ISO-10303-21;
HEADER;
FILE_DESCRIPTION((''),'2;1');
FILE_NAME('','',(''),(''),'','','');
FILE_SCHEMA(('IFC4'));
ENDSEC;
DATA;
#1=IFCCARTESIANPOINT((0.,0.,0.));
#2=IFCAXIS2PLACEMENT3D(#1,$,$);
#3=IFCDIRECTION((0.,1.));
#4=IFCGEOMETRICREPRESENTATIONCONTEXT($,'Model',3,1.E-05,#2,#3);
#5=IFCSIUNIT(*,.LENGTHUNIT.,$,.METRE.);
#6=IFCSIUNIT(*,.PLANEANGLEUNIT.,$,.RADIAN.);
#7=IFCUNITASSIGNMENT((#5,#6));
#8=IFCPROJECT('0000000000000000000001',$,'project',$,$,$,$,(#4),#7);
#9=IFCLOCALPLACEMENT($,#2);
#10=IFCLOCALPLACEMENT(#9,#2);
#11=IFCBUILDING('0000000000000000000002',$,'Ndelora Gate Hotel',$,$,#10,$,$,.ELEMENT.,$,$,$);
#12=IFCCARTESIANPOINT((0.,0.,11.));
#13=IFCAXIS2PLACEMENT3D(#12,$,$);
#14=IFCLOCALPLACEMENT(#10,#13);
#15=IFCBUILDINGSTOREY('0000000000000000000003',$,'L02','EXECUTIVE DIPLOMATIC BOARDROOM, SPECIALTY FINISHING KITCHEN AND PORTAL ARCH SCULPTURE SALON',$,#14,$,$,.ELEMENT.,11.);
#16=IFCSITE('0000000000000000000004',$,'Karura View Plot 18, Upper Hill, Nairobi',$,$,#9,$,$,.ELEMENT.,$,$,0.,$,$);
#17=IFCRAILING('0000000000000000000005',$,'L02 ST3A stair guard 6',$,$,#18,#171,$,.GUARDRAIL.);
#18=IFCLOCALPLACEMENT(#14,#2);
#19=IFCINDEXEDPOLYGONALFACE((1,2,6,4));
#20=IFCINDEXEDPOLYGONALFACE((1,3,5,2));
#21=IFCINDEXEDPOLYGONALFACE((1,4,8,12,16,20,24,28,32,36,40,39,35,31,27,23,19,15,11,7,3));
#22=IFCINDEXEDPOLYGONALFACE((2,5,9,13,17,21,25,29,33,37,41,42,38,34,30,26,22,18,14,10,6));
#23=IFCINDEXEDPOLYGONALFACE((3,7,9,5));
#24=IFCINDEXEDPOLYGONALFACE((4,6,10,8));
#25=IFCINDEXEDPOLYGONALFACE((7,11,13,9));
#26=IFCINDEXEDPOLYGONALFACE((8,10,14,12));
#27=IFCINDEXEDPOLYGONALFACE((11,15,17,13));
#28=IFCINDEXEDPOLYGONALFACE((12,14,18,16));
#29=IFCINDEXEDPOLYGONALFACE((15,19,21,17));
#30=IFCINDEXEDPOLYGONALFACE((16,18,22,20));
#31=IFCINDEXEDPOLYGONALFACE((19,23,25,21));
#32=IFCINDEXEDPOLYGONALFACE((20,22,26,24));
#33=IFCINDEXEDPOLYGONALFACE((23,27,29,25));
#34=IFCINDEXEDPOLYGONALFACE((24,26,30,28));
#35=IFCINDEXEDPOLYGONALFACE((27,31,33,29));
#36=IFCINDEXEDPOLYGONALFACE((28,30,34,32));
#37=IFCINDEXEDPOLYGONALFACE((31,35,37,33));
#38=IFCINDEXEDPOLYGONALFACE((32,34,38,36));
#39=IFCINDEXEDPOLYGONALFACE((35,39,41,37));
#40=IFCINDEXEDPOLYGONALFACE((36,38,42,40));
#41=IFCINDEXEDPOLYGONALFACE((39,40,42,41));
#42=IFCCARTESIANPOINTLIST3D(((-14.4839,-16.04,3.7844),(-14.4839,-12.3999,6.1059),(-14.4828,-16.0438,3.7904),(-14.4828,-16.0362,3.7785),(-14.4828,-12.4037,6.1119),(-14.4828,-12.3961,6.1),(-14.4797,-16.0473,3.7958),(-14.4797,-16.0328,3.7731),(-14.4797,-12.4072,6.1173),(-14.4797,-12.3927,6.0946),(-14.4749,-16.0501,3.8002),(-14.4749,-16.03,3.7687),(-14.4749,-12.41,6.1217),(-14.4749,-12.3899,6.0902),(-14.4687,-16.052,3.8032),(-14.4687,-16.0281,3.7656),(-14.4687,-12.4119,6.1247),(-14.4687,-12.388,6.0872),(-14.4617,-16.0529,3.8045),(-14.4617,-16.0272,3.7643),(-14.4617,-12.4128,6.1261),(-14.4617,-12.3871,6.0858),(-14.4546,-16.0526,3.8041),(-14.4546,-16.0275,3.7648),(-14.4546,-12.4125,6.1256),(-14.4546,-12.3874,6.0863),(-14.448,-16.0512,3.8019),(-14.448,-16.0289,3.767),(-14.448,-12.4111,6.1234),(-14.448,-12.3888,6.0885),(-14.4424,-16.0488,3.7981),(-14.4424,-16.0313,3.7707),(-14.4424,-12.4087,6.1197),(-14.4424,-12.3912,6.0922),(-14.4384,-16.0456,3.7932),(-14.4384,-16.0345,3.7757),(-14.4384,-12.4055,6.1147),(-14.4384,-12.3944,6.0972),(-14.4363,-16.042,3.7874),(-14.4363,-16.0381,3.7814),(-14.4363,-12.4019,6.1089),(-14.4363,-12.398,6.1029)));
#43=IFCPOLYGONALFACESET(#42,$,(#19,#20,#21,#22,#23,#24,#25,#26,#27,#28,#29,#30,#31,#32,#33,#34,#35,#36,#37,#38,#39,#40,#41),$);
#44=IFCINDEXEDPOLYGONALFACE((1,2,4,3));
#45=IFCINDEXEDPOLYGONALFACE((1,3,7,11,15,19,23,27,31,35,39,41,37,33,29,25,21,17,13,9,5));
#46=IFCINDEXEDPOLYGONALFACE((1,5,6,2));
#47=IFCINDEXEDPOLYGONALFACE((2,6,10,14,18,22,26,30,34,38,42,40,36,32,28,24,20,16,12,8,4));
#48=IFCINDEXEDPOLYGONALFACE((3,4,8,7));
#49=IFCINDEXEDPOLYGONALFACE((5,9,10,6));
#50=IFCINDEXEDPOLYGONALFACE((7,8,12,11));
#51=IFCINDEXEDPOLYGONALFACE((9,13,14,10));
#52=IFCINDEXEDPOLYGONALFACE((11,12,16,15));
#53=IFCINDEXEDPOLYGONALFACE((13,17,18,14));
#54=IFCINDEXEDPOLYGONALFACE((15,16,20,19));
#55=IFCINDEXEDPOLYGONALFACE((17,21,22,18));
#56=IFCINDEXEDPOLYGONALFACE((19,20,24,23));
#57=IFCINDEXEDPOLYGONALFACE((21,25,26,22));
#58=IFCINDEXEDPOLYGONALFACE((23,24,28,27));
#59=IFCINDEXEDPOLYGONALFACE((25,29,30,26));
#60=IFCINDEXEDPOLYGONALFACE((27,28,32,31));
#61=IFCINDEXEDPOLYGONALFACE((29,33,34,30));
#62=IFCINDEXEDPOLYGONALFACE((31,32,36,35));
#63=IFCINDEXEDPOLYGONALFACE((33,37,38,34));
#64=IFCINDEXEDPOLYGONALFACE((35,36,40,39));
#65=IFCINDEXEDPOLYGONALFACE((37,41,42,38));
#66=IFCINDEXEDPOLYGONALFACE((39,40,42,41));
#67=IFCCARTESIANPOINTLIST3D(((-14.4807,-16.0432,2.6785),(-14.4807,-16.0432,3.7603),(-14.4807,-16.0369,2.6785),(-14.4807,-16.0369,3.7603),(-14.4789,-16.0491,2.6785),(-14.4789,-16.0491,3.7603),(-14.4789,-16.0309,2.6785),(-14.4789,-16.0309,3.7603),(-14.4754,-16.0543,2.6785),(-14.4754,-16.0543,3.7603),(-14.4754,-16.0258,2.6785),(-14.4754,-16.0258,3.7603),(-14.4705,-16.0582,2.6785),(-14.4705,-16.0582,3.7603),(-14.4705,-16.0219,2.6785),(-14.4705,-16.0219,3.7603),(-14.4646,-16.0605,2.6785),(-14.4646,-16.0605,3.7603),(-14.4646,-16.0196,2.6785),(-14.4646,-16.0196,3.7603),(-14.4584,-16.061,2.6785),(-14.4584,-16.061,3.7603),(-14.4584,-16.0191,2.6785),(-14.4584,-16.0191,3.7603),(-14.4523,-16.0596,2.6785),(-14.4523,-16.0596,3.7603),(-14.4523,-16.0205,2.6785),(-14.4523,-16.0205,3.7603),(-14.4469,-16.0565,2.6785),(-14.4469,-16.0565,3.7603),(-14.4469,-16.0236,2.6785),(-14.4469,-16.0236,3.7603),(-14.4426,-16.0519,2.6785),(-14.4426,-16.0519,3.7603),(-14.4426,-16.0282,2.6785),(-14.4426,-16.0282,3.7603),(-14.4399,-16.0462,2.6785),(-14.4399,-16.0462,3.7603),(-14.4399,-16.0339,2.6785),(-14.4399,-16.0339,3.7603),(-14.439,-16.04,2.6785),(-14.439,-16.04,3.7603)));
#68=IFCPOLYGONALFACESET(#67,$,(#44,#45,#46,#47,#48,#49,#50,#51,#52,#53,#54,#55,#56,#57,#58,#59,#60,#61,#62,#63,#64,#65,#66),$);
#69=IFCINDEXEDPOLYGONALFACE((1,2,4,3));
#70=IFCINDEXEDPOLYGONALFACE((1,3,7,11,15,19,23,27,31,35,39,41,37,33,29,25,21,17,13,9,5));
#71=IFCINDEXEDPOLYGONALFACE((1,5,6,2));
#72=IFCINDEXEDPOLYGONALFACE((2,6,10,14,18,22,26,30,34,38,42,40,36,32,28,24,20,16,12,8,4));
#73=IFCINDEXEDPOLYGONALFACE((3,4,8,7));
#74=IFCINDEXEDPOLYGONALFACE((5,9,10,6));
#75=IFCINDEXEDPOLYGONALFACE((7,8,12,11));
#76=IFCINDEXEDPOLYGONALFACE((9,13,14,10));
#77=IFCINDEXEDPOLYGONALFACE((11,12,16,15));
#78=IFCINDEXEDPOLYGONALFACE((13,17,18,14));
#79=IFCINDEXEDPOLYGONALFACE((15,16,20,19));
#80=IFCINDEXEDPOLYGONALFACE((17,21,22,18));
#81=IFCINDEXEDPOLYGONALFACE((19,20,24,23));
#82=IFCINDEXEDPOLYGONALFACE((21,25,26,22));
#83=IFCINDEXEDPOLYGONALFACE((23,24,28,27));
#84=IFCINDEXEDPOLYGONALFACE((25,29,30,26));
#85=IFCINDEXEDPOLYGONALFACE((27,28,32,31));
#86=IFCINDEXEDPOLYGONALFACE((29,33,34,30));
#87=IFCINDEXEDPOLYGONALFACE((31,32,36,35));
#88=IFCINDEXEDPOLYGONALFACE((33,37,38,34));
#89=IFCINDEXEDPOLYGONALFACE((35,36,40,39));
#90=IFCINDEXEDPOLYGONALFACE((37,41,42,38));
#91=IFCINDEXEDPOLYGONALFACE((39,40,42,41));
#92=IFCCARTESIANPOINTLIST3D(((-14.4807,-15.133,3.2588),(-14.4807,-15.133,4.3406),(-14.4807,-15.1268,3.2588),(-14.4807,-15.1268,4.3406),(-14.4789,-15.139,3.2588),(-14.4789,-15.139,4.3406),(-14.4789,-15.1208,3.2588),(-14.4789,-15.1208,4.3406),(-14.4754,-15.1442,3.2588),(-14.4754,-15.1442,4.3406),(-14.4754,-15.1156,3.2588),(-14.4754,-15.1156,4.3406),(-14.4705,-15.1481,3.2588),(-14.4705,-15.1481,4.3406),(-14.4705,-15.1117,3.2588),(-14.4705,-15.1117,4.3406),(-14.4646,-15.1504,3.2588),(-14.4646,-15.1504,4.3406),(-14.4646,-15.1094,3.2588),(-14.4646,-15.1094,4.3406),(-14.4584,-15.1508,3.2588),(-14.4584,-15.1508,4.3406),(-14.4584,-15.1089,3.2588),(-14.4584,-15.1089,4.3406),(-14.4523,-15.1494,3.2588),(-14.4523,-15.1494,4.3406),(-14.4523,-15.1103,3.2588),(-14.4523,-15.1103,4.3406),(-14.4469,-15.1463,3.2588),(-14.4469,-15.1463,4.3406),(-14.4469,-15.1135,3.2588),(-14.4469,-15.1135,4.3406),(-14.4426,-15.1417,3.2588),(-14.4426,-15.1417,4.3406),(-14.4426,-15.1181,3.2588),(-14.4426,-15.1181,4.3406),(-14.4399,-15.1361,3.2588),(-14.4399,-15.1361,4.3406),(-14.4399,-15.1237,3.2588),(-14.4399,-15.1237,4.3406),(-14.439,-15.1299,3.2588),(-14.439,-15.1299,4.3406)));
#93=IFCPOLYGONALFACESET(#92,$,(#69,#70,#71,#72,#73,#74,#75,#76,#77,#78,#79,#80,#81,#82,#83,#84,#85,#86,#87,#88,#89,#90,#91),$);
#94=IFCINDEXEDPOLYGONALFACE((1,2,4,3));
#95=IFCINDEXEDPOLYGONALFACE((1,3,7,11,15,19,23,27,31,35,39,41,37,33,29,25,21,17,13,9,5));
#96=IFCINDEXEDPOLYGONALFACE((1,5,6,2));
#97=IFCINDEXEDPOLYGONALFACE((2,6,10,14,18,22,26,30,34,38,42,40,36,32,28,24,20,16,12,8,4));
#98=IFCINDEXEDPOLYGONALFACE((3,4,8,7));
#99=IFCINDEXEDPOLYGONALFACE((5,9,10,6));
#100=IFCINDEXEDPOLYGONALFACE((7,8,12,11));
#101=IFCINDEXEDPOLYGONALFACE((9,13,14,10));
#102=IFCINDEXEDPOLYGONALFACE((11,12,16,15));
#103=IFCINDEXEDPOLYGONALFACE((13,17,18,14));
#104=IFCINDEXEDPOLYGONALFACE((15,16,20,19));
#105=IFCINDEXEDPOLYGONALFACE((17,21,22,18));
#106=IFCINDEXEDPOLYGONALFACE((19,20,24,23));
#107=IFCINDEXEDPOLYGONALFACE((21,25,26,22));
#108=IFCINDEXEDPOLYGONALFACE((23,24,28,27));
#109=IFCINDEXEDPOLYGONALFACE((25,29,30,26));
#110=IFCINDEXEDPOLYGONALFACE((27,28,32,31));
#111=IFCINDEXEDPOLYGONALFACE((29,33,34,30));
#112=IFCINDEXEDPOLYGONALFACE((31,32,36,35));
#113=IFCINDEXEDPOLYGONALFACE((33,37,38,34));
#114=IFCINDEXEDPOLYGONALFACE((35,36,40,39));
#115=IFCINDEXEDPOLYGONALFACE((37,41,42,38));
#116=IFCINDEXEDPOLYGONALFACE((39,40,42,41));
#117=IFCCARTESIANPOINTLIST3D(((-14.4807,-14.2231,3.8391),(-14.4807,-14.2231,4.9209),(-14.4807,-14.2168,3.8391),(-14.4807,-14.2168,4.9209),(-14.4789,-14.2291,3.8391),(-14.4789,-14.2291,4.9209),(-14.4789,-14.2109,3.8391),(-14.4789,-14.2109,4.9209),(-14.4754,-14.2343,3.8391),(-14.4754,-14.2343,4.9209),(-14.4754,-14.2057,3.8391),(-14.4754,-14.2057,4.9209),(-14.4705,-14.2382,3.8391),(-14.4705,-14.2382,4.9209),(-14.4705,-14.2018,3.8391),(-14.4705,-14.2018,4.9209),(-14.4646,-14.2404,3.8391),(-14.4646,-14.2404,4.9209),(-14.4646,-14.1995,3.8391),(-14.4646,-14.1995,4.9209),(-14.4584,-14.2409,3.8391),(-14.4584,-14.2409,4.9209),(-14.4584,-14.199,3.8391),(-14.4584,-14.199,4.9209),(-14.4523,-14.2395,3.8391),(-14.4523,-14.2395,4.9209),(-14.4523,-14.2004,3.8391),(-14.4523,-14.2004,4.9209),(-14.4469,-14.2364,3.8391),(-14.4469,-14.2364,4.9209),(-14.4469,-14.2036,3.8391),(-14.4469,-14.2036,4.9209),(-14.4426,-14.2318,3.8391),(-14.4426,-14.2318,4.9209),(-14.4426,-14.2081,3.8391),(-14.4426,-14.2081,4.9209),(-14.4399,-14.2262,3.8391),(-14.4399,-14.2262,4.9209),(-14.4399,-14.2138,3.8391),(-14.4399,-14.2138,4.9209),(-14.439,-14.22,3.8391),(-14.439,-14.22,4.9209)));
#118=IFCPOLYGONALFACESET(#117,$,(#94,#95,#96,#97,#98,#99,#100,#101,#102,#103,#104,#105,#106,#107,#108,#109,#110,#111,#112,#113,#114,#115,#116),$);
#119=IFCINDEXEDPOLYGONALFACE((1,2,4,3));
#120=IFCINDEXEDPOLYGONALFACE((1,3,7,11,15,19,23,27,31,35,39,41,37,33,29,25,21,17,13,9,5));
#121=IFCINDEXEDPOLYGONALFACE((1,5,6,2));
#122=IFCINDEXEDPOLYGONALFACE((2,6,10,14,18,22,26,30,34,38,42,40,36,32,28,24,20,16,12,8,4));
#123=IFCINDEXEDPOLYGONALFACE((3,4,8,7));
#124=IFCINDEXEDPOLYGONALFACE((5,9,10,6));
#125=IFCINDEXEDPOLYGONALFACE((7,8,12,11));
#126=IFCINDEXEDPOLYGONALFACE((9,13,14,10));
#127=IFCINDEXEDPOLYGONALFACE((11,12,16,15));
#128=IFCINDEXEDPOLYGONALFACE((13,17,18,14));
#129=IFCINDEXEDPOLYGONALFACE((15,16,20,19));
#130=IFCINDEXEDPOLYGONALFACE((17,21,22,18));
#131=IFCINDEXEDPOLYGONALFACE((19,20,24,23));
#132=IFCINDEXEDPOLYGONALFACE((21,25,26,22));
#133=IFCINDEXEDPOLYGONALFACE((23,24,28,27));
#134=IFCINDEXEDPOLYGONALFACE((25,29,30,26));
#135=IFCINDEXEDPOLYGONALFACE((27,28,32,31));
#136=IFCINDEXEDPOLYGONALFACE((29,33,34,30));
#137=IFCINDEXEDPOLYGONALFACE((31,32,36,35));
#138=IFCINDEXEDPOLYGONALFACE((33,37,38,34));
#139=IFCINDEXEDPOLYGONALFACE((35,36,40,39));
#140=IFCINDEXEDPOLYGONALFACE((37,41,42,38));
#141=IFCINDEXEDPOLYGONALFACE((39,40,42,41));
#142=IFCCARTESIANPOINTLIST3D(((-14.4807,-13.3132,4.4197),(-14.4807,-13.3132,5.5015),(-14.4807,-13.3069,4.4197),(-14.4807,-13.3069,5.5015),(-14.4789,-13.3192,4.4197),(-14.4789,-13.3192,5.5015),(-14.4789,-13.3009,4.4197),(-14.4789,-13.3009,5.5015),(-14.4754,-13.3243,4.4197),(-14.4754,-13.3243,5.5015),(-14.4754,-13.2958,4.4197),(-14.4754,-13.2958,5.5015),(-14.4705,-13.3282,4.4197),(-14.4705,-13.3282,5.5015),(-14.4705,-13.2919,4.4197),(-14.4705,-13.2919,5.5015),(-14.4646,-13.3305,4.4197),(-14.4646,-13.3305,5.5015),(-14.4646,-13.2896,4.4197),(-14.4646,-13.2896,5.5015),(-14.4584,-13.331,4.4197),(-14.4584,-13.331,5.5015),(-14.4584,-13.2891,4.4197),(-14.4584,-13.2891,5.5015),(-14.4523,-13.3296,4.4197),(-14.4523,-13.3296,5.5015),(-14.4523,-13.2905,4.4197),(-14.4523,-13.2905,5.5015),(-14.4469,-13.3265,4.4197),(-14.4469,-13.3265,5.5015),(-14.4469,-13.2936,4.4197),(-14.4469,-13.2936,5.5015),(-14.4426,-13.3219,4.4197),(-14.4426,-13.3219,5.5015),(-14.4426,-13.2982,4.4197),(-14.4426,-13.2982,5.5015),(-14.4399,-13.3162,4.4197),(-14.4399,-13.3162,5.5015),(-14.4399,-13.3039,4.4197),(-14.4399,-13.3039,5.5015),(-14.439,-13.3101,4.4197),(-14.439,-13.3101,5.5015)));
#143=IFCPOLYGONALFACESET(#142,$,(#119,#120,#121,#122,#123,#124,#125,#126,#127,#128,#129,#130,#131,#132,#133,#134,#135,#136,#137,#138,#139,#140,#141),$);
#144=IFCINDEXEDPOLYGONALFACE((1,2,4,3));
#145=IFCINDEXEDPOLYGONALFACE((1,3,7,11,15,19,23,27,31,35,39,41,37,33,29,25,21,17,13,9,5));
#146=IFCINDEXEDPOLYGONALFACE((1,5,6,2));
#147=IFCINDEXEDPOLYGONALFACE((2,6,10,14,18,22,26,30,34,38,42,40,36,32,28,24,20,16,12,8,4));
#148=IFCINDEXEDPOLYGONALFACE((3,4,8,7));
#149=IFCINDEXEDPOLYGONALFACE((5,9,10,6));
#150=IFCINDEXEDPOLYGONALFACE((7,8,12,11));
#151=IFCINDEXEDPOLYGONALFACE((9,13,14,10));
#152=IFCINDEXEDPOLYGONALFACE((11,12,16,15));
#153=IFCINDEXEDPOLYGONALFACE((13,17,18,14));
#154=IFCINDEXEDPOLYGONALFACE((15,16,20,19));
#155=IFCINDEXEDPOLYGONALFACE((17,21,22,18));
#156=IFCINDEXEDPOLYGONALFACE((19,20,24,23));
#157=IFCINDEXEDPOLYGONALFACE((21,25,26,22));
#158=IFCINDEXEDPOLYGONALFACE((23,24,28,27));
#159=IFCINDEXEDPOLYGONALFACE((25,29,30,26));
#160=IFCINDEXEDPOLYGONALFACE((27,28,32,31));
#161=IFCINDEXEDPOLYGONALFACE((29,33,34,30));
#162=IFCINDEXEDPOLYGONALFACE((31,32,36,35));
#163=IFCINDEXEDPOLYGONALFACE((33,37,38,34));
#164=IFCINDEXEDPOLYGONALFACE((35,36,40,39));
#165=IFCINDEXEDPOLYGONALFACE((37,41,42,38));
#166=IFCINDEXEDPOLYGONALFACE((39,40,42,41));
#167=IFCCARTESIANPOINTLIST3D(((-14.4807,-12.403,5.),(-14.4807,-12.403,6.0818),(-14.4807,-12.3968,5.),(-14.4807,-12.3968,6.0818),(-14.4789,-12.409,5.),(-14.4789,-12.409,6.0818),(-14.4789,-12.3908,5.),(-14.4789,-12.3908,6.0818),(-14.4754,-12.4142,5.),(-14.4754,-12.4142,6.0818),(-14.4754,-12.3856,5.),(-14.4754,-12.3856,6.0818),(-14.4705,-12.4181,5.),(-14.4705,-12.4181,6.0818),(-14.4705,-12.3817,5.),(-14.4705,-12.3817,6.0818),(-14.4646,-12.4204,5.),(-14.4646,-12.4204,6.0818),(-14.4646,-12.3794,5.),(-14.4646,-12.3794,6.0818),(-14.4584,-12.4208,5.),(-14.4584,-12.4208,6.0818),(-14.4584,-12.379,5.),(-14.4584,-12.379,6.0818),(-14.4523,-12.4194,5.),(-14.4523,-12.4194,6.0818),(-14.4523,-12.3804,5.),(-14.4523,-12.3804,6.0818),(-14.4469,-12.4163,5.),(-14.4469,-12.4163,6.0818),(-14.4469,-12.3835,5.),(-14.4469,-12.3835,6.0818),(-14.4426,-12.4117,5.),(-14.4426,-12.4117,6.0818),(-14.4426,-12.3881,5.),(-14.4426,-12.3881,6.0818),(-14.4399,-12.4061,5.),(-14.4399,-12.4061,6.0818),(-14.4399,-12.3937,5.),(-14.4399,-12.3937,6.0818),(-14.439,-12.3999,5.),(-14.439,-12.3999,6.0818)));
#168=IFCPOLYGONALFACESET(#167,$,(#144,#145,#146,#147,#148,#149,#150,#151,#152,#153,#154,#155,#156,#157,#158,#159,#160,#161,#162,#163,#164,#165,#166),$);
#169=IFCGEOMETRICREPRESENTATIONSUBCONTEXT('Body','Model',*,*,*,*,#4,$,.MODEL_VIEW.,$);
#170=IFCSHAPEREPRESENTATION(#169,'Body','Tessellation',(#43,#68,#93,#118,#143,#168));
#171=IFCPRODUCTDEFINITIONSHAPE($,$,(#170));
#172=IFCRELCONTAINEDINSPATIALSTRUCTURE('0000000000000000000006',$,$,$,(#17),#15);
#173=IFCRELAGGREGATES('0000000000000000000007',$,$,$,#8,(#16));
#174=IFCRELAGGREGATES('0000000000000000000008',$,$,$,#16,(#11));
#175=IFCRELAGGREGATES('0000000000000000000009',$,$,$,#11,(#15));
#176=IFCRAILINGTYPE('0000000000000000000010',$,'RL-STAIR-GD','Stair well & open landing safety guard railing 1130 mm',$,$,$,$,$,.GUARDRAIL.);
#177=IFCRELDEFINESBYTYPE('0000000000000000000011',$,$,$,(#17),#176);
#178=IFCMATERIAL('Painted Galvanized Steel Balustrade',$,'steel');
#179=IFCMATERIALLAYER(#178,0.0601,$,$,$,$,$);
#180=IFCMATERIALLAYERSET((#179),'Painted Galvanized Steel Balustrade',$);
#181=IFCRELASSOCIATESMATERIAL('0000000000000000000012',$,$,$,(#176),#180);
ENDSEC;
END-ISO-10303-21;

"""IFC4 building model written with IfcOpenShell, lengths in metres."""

from ifc_helpers import new_model, si_unit, direction, frame, origin, origin_2d, place, context, subcontext, project, spatial, circle, extrude, material, layer, layer_set, type_object, element, save


model = new_model("IFC4")

# Units and contexts
model_context = context("Model", 3, precision=1e-05, world=origin(), true_north=direction((0.0, 1.0)))
body_context = subcontext(model_context, "Body", "Model", "MODEL_VIEW")
ifc_project = project(units=[si_unit("LENGTHUNIT", "METRE"), si_unit("PLANEANGLEUNIT", "RADIAN")], contexts=[model_context])

# Site, building, storey
site_placement = place(None, origin())
site = spatial("IfcSite", under=ifc_project, at=site_placement, Name="Karura View Plot 18, Upper Hill, Nairobi", CompositionType="ELEMENT", RefElevation=0.0)
building_placement = place(site_placement, origin())
building = spatial("IfcBuilding", under=site, at=building_placement, Name="Ndelora Gate Hotel", CompositionType="ELEMENT")
storey_placement = place(building_placement, frame((0.0, 0.0, 11.0)))
storey = spatial("IfcBuildingStorey", under=building, at=storey_placement, Name="L02", Description="EXECUTIVE DIPLOMATIC BOARDROOM, SPECIALTY FINISHING KITCHEN AND PORTAL ARCH SCULPTURE SALON", CompositionType="ELEMENT", Elevation=11.0)

# Railing
ifc_material_1 = material(Name="Painted Galvanized Steel Balustrade", Category="steel")
ifc_layer_1 = layer(ifc_material_1, 0.0601)
ifc_layer_set_1 = layer_set([ifc_layer_1], Name="Painted Galvanized Steel Balustrade")
railing_type_1 = type_object("IfcRailingType", Name="RL-STAIR-GD", Description="Stair well & open landing safety guard railing 1130 mm", PredefinedType="GUARDRAIL", material=ifc_layer_set_1)
railing_1_placement = place(storey_placement, frame((-14.46, -16.04, 2.6785)))
element("IfcRailing", 1, at=railing_1_placement, inside=storey, type_object=railing_type_1, Name="L02 ST3A stair guard 6", PredefinedType="GUARDRAIL", context=body_context, shape_type="SweptSolid", body=[
    extrude(circle(Radius=0.0239, at=origin_2d()), frame((0.0, 0.0, 1.106), z_axis=(0.0, 0.843128, 0.537713), x_axis=(-1.0, 0.0, 0.0)), (0.0, 0.0, 1.0), 4.3174),
    extrude(circle(Radius=0.021, at=origin_2d()), origin(), (0.0, 0.0, 1.0), 1.0818),
    extrude(circle(Radius=0.021, at=origin_2d()), frame((0.0, 0.9102, 0.5803)), (0.0, 0.0, 1.0), 1.0818),
    extrude(circle(Radius=0.021, at=origin_2d()), frame((0.0, 1.8201, 1.1606)), (0.0, 0.0, 1.0), 1.0818),
    extrude(circle(Radius=0.021, at=origin_2d()), frame((0.0, 2.73, 1.7412)), (0.0, 0.0, 1.0), 1.0818),
    extrude(circle(Radius=0.021, at=origin_2d()), frame((0.0, 3.6401, 2.3215)), (0.0, 0.0, 1.0), 1.0818),
])

save(model, "model.ifc")
